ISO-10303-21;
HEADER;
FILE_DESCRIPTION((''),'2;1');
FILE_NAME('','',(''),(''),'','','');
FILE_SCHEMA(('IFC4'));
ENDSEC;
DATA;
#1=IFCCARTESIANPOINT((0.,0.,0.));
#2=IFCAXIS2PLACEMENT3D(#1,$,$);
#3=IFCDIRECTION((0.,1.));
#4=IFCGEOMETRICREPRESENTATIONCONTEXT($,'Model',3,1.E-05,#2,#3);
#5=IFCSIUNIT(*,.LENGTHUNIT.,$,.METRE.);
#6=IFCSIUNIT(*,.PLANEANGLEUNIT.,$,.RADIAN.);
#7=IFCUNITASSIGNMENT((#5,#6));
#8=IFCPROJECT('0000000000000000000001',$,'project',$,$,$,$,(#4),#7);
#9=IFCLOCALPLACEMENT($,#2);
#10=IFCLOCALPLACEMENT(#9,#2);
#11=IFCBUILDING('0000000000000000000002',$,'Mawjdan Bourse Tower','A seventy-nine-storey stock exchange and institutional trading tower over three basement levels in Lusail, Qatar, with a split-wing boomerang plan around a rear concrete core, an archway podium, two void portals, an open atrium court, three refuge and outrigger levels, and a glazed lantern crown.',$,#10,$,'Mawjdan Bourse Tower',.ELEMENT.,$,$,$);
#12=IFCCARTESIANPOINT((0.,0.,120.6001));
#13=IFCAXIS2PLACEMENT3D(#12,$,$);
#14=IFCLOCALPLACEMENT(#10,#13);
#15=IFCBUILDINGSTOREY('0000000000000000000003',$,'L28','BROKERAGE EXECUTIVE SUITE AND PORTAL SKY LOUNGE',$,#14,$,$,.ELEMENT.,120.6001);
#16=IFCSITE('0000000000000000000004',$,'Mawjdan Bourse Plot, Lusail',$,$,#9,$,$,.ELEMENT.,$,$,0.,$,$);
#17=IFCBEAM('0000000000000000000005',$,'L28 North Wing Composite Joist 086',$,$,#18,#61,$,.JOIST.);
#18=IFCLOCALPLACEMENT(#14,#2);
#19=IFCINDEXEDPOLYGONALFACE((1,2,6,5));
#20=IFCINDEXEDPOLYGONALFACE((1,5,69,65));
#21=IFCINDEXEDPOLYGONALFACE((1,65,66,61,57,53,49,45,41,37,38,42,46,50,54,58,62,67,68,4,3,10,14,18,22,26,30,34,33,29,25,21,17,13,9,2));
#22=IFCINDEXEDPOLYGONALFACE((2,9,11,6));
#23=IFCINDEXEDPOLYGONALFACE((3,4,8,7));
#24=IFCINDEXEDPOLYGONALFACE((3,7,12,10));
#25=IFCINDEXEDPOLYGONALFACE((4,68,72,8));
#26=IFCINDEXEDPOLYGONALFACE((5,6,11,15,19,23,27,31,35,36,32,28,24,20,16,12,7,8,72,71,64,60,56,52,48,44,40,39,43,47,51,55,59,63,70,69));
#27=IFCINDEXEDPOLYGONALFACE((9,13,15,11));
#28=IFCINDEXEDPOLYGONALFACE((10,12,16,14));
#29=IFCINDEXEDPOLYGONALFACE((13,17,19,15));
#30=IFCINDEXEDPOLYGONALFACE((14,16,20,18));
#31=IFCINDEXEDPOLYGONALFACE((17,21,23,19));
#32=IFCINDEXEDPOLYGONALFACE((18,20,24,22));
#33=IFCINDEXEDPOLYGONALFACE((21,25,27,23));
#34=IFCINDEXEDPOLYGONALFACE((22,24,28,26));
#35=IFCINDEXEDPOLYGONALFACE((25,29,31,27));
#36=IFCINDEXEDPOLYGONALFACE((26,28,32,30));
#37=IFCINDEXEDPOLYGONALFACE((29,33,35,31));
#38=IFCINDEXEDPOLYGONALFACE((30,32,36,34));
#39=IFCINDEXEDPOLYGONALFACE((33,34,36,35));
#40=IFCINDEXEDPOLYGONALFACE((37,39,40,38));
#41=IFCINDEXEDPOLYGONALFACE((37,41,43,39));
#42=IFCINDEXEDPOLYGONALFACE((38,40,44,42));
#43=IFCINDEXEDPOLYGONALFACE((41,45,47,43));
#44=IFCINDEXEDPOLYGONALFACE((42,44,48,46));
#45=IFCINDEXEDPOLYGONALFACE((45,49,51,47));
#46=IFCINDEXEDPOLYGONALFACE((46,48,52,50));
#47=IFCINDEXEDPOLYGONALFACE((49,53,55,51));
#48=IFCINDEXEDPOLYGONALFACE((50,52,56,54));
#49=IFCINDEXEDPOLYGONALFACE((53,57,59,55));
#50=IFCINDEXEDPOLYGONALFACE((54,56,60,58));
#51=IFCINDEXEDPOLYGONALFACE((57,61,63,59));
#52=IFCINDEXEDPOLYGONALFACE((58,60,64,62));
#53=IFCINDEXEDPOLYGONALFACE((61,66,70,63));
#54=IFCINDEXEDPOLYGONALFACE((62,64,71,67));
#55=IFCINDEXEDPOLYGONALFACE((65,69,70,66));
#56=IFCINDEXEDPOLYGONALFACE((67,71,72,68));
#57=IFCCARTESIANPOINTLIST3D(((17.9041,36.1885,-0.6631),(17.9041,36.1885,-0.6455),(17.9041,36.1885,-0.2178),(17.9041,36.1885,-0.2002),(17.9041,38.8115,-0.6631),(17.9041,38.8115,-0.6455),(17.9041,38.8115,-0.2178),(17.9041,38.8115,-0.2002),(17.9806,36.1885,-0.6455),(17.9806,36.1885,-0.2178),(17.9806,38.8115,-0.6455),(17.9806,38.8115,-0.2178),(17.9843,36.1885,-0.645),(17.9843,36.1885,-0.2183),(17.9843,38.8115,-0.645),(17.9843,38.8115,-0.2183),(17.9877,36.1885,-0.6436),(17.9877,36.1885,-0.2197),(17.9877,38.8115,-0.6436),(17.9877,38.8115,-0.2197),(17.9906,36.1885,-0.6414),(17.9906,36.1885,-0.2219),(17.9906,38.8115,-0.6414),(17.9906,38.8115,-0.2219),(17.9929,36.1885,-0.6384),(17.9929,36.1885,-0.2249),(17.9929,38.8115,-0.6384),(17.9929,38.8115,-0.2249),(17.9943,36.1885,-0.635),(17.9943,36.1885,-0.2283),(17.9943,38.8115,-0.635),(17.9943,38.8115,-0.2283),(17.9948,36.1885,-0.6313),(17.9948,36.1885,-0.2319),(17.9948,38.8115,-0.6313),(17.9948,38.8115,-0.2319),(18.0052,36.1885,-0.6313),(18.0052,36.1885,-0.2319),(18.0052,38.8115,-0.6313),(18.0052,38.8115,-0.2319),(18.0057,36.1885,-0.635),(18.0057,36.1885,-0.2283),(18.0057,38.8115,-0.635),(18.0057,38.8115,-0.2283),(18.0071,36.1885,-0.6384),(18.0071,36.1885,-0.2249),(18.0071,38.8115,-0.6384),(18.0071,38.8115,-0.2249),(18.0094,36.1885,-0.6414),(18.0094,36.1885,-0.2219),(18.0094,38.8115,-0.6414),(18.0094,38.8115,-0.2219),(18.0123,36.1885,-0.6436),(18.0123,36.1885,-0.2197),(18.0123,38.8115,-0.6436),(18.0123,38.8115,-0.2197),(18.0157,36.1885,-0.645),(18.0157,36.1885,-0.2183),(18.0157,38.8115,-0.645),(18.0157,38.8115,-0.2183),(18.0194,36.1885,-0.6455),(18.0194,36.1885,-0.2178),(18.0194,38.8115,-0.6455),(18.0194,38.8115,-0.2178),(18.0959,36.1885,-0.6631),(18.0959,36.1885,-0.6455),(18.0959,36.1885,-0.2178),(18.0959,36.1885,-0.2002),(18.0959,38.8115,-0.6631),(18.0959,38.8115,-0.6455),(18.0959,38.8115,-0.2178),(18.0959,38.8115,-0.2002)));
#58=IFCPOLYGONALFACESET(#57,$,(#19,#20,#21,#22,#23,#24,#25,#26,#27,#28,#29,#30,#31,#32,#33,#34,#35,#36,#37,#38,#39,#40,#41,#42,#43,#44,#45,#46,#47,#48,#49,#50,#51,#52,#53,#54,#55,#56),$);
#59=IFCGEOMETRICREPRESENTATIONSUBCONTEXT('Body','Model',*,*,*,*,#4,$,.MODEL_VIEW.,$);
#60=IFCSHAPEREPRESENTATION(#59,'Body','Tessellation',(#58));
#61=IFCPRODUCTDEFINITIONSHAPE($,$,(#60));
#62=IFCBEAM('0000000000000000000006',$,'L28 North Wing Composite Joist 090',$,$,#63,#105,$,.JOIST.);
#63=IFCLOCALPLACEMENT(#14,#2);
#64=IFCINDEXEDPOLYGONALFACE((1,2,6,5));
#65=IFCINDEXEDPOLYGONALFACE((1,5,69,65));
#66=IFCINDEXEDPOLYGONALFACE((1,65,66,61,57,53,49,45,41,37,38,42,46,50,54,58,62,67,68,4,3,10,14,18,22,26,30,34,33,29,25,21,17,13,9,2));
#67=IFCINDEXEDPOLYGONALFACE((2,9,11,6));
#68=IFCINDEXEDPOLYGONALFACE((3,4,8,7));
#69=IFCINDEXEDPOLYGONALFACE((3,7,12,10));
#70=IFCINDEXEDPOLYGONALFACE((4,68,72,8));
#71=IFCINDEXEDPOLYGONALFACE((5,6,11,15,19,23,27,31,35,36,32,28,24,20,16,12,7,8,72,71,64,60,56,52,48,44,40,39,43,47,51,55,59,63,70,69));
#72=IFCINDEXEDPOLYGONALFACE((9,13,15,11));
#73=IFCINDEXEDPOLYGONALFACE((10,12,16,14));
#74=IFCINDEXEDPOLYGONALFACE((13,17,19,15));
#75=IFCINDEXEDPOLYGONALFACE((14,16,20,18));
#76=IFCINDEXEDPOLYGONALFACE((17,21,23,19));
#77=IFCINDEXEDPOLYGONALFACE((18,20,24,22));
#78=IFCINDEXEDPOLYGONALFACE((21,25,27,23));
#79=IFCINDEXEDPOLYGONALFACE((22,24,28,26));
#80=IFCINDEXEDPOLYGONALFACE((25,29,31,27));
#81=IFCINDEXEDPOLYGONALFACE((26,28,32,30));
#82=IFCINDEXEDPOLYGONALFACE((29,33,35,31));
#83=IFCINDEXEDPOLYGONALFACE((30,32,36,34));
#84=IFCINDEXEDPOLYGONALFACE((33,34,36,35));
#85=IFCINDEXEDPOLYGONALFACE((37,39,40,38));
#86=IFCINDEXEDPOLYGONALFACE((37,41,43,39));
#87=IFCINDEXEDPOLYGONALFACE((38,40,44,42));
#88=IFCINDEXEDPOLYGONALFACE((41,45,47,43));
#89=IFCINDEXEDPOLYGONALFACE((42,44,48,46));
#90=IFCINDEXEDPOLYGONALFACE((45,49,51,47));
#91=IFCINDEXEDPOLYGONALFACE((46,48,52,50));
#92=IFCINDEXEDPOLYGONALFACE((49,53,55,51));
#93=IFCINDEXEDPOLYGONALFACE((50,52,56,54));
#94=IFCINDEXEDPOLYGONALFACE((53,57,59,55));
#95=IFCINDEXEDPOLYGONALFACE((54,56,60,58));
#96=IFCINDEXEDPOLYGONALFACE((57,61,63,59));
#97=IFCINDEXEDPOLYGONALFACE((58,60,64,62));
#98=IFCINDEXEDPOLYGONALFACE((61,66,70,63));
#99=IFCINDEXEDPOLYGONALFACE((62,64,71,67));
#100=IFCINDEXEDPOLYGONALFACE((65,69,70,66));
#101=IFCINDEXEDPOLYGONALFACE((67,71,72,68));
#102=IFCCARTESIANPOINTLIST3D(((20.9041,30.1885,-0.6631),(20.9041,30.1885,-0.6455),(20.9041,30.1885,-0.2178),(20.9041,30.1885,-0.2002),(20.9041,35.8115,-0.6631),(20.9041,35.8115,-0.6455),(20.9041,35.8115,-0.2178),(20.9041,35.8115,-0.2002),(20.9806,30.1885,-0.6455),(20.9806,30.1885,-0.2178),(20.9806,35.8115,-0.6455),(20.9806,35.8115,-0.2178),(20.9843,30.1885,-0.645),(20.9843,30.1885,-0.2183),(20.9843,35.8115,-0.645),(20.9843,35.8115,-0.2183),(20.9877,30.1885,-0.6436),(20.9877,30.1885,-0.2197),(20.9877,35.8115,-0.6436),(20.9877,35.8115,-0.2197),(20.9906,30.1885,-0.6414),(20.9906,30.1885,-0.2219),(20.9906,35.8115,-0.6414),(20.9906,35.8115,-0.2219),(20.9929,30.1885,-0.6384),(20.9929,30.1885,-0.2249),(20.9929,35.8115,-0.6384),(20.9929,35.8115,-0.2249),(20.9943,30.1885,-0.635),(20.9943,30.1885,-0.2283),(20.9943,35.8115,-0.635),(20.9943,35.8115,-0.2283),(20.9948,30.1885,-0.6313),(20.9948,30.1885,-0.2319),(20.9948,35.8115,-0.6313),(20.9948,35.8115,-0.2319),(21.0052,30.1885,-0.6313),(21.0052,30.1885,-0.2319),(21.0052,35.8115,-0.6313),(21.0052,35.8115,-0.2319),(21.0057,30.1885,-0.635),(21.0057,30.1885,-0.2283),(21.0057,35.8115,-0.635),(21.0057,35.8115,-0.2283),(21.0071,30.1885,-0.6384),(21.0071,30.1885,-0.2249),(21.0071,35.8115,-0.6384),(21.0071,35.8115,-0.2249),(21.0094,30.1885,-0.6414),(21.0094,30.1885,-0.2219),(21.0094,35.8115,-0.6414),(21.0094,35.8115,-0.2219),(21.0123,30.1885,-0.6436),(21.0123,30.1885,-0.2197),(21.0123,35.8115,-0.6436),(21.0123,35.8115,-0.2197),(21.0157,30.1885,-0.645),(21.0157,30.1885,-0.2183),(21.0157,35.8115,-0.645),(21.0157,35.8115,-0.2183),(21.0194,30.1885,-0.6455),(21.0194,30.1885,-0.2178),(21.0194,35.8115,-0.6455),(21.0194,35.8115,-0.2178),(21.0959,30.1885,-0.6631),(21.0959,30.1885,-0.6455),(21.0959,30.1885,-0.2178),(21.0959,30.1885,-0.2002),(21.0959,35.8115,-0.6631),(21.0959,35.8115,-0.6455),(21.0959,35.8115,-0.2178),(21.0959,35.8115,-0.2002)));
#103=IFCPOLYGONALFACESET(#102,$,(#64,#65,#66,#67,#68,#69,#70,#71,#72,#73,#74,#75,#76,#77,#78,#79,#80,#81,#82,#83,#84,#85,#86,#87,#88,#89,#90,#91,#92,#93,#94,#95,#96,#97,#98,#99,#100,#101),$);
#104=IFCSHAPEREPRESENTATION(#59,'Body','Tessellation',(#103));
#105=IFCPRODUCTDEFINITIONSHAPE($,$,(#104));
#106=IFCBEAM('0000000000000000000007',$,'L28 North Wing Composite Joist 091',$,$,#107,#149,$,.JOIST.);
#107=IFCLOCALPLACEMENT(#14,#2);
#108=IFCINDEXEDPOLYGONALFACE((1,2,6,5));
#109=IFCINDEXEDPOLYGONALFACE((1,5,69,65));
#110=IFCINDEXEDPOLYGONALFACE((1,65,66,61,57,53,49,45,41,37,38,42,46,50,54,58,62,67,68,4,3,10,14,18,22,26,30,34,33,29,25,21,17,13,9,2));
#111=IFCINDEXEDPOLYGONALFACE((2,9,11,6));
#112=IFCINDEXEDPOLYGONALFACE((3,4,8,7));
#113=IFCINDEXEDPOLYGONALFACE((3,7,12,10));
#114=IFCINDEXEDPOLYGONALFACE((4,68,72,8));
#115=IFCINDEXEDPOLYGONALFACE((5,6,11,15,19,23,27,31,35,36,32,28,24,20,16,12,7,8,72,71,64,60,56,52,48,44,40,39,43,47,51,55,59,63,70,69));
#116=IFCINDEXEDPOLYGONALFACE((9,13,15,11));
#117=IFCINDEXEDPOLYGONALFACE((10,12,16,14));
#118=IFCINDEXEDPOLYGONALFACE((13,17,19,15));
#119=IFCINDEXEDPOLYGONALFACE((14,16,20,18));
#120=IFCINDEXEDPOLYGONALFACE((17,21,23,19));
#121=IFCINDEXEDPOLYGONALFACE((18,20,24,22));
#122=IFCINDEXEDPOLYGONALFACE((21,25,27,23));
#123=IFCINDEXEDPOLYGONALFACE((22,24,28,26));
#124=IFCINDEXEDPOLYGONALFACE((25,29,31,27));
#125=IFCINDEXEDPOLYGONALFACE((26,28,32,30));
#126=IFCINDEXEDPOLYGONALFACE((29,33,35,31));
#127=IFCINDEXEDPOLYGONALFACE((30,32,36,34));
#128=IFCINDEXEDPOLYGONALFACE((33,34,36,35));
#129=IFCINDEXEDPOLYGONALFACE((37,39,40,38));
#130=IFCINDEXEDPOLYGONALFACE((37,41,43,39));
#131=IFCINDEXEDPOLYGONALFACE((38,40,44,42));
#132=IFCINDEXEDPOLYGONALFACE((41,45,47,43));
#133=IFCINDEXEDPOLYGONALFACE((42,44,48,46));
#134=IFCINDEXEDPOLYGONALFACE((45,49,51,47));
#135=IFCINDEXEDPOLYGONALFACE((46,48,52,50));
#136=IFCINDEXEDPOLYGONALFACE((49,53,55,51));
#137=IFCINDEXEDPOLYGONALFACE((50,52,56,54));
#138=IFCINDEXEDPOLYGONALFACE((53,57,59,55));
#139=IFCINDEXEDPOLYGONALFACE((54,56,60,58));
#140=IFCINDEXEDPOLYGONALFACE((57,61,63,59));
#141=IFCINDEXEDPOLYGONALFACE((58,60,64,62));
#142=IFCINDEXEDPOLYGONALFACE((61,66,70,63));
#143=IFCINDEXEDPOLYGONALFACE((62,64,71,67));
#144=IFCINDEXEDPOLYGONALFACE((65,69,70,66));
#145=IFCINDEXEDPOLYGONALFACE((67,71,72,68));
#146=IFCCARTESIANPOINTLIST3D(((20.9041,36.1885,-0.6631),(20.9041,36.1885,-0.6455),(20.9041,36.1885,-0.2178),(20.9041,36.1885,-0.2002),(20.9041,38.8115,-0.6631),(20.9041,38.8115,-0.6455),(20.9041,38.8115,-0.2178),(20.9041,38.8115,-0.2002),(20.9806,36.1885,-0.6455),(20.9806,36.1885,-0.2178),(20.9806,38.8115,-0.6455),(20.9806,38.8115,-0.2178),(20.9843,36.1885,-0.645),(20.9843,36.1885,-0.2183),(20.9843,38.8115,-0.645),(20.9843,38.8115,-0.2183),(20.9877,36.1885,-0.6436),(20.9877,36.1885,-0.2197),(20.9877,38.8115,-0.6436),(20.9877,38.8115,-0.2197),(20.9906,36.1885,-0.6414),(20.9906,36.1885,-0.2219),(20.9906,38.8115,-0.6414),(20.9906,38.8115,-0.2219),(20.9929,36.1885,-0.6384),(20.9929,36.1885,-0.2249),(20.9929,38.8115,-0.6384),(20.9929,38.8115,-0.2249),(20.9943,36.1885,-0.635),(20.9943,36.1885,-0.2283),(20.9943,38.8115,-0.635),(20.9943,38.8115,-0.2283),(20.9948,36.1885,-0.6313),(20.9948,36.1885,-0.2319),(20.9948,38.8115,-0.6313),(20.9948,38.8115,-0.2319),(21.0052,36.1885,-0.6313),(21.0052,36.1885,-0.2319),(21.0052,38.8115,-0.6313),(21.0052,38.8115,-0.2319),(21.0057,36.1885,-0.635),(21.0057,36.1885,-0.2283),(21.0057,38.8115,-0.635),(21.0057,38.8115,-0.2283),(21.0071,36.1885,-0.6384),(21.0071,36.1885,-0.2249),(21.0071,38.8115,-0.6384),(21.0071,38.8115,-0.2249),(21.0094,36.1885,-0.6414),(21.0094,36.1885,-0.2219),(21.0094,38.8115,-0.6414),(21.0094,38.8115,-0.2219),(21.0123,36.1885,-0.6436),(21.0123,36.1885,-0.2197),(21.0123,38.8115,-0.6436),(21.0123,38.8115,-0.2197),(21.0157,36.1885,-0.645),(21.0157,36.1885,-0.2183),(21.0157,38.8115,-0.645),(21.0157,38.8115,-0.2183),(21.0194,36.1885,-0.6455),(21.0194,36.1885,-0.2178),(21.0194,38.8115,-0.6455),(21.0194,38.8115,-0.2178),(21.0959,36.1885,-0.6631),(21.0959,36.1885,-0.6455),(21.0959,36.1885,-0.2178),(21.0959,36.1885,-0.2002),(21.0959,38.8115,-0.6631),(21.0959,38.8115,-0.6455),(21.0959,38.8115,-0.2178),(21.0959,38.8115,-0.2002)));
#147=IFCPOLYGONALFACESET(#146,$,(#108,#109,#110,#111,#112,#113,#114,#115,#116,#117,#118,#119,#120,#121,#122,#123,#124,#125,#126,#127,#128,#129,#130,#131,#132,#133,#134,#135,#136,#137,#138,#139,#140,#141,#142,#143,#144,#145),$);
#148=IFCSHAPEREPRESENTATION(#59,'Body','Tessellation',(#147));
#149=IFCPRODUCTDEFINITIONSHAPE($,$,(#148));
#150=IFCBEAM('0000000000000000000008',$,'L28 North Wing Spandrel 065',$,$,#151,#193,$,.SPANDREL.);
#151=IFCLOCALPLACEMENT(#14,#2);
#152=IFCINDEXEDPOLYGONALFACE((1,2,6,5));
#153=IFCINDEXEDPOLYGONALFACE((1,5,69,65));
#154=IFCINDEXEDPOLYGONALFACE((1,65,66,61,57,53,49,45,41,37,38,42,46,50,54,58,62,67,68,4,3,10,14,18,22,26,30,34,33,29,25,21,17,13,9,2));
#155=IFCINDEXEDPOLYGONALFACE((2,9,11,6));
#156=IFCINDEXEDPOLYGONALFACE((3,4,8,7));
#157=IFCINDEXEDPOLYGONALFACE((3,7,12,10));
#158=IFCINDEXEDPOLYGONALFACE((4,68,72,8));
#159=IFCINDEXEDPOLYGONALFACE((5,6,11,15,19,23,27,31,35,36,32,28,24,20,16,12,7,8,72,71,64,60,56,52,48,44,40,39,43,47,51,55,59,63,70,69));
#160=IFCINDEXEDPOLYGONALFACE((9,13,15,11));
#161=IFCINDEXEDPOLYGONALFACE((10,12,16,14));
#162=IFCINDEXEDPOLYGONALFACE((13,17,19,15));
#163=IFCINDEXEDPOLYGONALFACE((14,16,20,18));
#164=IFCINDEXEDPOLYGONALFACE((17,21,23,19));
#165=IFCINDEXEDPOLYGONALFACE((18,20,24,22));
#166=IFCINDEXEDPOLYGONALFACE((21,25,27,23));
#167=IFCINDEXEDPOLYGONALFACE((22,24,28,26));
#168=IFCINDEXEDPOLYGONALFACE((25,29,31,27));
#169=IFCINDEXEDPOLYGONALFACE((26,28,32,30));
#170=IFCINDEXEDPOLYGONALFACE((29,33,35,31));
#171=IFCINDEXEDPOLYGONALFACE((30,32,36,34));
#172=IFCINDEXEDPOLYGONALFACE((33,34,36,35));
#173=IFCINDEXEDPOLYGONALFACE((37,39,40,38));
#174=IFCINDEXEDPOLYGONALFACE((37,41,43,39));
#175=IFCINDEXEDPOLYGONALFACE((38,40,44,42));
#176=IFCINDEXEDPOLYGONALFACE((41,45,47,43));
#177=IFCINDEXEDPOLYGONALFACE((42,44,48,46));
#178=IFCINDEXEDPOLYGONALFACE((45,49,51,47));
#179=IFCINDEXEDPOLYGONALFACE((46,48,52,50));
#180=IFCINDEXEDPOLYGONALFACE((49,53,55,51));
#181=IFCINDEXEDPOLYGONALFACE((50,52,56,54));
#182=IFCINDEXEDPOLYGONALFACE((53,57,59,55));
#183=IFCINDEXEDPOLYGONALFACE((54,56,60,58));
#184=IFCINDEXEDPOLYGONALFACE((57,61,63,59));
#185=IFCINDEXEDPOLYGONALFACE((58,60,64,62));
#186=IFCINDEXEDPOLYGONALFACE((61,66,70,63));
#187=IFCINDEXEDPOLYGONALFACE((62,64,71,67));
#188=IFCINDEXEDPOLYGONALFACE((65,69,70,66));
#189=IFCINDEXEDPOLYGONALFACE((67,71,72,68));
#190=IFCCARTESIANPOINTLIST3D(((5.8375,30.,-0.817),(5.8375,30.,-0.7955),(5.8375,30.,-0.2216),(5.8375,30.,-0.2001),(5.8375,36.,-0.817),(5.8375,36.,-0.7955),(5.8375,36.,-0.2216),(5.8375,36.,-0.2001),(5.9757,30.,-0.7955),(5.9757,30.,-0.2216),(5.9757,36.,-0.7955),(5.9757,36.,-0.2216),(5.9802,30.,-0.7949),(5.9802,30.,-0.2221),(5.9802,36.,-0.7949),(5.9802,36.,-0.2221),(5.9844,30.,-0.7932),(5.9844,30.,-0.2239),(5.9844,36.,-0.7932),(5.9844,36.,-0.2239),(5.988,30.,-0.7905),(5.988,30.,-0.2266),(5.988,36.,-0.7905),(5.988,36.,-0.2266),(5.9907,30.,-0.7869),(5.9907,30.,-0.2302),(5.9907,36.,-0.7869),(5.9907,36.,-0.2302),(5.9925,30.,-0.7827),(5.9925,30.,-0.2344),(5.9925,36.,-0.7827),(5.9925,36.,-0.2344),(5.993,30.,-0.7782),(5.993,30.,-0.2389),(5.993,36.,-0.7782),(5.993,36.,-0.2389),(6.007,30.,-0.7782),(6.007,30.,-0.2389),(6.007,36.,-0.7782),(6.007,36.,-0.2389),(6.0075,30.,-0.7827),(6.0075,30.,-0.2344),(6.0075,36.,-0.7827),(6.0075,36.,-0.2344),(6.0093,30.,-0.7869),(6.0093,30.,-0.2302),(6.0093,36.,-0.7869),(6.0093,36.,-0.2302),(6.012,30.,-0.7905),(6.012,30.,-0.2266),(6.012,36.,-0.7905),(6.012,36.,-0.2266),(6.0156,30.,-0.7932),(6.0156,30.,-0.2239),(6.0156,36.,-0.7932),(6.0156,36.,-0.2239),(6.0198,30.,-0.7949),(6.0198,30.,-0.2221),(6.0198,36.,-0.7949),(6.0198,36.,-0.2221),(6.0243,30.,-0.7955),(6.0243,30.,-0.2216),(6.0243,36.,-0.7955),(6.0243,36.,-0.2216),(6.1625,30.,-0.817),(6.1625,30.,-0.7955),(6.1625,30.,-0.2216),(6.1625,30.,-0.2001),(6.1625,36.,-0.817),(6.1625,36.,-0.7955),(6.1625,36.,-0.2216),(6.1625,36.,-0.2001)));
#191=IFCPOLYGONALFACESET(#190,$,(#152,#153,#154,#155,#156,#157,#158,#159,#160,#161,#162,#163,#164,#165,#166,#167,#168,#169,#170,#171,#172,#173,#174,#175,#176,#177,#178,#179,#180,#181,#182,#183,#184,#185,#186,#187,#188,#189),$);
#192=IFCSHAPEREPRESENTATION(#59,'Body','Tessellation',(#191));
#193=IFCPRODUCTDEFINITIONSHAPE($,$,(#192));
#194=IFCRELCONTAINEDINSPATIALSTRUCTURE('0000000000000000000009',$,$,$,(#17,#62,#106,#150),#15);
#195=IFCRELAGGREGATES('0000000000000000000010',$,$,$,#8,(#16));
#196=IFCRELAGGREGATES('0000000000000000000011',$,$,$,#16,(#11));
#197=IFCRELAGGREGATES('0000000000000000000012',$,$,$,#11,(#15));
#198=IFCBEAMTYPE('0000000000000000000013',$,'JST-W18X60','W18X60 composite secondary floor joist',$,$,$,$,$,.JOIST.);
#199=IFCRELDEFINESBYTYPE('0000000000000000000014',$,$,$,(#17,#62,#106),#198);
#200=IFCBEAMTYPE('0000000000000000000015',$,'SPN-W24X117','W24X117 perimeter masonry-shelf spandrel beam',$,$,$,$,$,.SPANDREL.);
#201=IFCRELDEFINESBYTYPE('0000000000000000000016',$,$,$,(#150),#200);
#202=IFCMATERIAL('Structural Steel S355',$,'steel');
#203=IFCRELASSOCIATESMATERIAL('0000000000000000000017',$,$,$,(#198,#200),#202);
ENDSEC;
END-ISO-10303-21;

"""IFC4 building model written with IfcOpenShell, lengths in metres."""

from ifc_helpers import new_model, si_unit, direction, frame, origin, origin_2d, place, context, subcontext, project, spatial, i_section, extrude, material, material_profile, profile_set, type_object, element, save


model = new_model("IFC4")

# Units and contexts
model_context = context("Model", 3, precision=1e-05, world=origin(), true_north=direction((0.0, 1.0)))
body_context = subcontext(model_context, "Body", "Model", "MODEL_VIEW")
ifc_project = project(units=[si_unit("LENGTHUNIT", "METRE"), si_unit("PLANEANGLEUNIT", "RADIAN")], contexts=[model_context])

# Site, building, storey
site_placement = place(None, origin())
site = spatial("IfcSite", under=ifc_project, at=site_placement, Name="Mawjdan Bourse Plot, Lusail", CompositionType="ELEMENT", RefElevation=0.0)
building_placement = place(site_placement, origin())
building = spatial("IfcBuilding", under=site, at=building_placement, Name="Mawjdan Bourse Tower", Description="A seventy-nine-storey stock exchange and institutional trading tower over three basement levels in Lusail, Qatar, with a split-wing boomerang plan around a rear concrete core, an archway podium, two void portals, an open atrium court, three refuge and outrigger levels, and a glazed lantern crown.", LongName="Mawjdan Bourse Tower", CompositionType="ELEMENT")
storey_placement = place(building_placement, frame((0.0, 0.0, 120.6001)))
storey = spatial("IfcBuildingStorey", under=building, at=storey_placement, Name="L28", Description="BROKERAGE EXECUTIVE SUITE AND PORTAL SKY LOUNGE", CompositionType="ELEMENT", Elevation=120.6001)

# Beams
ifc_material_1 = material(Name="Structural Steel S355", Category="steel")
ifc_material_profile_1 = material_profile(ifc_material_1, i_section(OverallWidth=0.1919, OverallDepth=0.4629, WebThickness=0.0105, FlangeThickness=0.0176, FilletRadius=0.0142, at=origin_2d()), Name="W18X60")
ifc_profile_set_1 = profile_set([ifc_material_profile_1], Name="Structural Steel S355")
beam_type_1 = type_object("IfcBeamType", Name="JST-W18X60", Description="W18X60 composite secondary floor joist", PredefinedType="JOIST", material=ifc_profile_set_1)
beam_1_placement = place(storey_placement, frame((18.0, 36.1885, -0.4316), z_axis=(0.0, 1.0, 0.0), x_axis=(-1.0, 0.0, 0.0)))
element("IfcBeam", 1, at=beam_1_placement, inside=storey, type_object=beam_type_1, Name="L28 North Wing Composite Joist 086", PredefinedType="JOIST", context=body_context, shape_type="SweptSolid", body=[
    extrude(i_section(OverallWidth=0.1919, OverallDepth=0.4629, WebThickness=0.0105, FlangeThickness=0.0176, FilletRadius=0.0142, at=origin_2d()), origin(), (0.0, 0.0, 1.0), 2.623),
])
beam_2_placement = place(storey_placement, frame((21.0, 30.1885, -0.4316), z_axis=(0.0, 1.0, 0.0), x_axis=(-1.0, 0.0, 0.0)))
element("IfcBeam", 2, at=beam_2_placement, inside=storey, type_object=beam_type_1, Name="L28 North Wing Composite Joist 090", PredefinedType="JOIST", context=body_context, shape_type="SweptSolid", body=[
    extrude(i_section(OverallWidth=0.1919, OverallDepth=0.4629, WebThickness=0.0105, FlangeThickness=0.0176, FilletRadius=0.0142, at=origin_2d()), origin(), (0.0, 0.0, 1.0), 5.623),
])
beam_3_placement = place(storey_placement, frame((21.0, 36.1885, -0.4316), z_axis=(0.0, 1.0, 0.0), x_axis=(-1.0, 0.0, 0.0)))
element("IfcBeam", 3, at=beam_3_placement, inside=storey, type_object=beam_type_1, Name="L28 North Wing Composite Joist 091", PredefinedType="JOIST", context=body_context, shape_type="SweptSolid", body=[
    extrude(i_section(OverallWidth=0.1919, OverallDepth=0.4629, WebThickness=0.0105, FlangeThickness=0.0176, FilletRadius=0.0142, at=origin_2d()), origin(), (0.0, 0.0, 1.0), 2.623),
])
ifc_material_profile_2 = material_profile(ifc_material_1, i_section(OverallWidth=0.325, OverallDepth=0.6169, WebThickness=0.0139, FlangeThickness=0.0215, FilletRadius=0.0173, at=origin_2d()), Name="W24X117")
ifc_profile_set_2 = profile_set([ifc_material_profile_2], Name="Structural Steel S355")
beam_type_2 = type_object("IfcBeamType", Name="SPN-W24X117", Description="W24X117 perimeter masonry-shelf spandrel beam", PredefinedType="SPANDREL", material=ifc_profile_set_2)
beam_4_placement = place(storey_placement, frame((6.0, 30.0, -0.5085), z_axis=(0.0, 1.0, 0.0), x_axis=(-1.0, 0.0, 0.0)))
element("IfcBeam", 4, at=beam_4_placement, inside=storey, type_object=beam_type_2, Name="L28 North Wing Spandrel 065", PredefinedType="SPANDREL", context=body_context, shape_type="SweptSolid", body=[
    extrude(i_section(OverallWidth=0.325, OverallDepth=0.6169, WebThickness=0.0139, FlangeThickness=0.0215, FilletRadius=0.0173, at=origin_2d()), origin(), (0.0, 0.0, 1.0), 6.0),
])

save(model, "model.ifc")
